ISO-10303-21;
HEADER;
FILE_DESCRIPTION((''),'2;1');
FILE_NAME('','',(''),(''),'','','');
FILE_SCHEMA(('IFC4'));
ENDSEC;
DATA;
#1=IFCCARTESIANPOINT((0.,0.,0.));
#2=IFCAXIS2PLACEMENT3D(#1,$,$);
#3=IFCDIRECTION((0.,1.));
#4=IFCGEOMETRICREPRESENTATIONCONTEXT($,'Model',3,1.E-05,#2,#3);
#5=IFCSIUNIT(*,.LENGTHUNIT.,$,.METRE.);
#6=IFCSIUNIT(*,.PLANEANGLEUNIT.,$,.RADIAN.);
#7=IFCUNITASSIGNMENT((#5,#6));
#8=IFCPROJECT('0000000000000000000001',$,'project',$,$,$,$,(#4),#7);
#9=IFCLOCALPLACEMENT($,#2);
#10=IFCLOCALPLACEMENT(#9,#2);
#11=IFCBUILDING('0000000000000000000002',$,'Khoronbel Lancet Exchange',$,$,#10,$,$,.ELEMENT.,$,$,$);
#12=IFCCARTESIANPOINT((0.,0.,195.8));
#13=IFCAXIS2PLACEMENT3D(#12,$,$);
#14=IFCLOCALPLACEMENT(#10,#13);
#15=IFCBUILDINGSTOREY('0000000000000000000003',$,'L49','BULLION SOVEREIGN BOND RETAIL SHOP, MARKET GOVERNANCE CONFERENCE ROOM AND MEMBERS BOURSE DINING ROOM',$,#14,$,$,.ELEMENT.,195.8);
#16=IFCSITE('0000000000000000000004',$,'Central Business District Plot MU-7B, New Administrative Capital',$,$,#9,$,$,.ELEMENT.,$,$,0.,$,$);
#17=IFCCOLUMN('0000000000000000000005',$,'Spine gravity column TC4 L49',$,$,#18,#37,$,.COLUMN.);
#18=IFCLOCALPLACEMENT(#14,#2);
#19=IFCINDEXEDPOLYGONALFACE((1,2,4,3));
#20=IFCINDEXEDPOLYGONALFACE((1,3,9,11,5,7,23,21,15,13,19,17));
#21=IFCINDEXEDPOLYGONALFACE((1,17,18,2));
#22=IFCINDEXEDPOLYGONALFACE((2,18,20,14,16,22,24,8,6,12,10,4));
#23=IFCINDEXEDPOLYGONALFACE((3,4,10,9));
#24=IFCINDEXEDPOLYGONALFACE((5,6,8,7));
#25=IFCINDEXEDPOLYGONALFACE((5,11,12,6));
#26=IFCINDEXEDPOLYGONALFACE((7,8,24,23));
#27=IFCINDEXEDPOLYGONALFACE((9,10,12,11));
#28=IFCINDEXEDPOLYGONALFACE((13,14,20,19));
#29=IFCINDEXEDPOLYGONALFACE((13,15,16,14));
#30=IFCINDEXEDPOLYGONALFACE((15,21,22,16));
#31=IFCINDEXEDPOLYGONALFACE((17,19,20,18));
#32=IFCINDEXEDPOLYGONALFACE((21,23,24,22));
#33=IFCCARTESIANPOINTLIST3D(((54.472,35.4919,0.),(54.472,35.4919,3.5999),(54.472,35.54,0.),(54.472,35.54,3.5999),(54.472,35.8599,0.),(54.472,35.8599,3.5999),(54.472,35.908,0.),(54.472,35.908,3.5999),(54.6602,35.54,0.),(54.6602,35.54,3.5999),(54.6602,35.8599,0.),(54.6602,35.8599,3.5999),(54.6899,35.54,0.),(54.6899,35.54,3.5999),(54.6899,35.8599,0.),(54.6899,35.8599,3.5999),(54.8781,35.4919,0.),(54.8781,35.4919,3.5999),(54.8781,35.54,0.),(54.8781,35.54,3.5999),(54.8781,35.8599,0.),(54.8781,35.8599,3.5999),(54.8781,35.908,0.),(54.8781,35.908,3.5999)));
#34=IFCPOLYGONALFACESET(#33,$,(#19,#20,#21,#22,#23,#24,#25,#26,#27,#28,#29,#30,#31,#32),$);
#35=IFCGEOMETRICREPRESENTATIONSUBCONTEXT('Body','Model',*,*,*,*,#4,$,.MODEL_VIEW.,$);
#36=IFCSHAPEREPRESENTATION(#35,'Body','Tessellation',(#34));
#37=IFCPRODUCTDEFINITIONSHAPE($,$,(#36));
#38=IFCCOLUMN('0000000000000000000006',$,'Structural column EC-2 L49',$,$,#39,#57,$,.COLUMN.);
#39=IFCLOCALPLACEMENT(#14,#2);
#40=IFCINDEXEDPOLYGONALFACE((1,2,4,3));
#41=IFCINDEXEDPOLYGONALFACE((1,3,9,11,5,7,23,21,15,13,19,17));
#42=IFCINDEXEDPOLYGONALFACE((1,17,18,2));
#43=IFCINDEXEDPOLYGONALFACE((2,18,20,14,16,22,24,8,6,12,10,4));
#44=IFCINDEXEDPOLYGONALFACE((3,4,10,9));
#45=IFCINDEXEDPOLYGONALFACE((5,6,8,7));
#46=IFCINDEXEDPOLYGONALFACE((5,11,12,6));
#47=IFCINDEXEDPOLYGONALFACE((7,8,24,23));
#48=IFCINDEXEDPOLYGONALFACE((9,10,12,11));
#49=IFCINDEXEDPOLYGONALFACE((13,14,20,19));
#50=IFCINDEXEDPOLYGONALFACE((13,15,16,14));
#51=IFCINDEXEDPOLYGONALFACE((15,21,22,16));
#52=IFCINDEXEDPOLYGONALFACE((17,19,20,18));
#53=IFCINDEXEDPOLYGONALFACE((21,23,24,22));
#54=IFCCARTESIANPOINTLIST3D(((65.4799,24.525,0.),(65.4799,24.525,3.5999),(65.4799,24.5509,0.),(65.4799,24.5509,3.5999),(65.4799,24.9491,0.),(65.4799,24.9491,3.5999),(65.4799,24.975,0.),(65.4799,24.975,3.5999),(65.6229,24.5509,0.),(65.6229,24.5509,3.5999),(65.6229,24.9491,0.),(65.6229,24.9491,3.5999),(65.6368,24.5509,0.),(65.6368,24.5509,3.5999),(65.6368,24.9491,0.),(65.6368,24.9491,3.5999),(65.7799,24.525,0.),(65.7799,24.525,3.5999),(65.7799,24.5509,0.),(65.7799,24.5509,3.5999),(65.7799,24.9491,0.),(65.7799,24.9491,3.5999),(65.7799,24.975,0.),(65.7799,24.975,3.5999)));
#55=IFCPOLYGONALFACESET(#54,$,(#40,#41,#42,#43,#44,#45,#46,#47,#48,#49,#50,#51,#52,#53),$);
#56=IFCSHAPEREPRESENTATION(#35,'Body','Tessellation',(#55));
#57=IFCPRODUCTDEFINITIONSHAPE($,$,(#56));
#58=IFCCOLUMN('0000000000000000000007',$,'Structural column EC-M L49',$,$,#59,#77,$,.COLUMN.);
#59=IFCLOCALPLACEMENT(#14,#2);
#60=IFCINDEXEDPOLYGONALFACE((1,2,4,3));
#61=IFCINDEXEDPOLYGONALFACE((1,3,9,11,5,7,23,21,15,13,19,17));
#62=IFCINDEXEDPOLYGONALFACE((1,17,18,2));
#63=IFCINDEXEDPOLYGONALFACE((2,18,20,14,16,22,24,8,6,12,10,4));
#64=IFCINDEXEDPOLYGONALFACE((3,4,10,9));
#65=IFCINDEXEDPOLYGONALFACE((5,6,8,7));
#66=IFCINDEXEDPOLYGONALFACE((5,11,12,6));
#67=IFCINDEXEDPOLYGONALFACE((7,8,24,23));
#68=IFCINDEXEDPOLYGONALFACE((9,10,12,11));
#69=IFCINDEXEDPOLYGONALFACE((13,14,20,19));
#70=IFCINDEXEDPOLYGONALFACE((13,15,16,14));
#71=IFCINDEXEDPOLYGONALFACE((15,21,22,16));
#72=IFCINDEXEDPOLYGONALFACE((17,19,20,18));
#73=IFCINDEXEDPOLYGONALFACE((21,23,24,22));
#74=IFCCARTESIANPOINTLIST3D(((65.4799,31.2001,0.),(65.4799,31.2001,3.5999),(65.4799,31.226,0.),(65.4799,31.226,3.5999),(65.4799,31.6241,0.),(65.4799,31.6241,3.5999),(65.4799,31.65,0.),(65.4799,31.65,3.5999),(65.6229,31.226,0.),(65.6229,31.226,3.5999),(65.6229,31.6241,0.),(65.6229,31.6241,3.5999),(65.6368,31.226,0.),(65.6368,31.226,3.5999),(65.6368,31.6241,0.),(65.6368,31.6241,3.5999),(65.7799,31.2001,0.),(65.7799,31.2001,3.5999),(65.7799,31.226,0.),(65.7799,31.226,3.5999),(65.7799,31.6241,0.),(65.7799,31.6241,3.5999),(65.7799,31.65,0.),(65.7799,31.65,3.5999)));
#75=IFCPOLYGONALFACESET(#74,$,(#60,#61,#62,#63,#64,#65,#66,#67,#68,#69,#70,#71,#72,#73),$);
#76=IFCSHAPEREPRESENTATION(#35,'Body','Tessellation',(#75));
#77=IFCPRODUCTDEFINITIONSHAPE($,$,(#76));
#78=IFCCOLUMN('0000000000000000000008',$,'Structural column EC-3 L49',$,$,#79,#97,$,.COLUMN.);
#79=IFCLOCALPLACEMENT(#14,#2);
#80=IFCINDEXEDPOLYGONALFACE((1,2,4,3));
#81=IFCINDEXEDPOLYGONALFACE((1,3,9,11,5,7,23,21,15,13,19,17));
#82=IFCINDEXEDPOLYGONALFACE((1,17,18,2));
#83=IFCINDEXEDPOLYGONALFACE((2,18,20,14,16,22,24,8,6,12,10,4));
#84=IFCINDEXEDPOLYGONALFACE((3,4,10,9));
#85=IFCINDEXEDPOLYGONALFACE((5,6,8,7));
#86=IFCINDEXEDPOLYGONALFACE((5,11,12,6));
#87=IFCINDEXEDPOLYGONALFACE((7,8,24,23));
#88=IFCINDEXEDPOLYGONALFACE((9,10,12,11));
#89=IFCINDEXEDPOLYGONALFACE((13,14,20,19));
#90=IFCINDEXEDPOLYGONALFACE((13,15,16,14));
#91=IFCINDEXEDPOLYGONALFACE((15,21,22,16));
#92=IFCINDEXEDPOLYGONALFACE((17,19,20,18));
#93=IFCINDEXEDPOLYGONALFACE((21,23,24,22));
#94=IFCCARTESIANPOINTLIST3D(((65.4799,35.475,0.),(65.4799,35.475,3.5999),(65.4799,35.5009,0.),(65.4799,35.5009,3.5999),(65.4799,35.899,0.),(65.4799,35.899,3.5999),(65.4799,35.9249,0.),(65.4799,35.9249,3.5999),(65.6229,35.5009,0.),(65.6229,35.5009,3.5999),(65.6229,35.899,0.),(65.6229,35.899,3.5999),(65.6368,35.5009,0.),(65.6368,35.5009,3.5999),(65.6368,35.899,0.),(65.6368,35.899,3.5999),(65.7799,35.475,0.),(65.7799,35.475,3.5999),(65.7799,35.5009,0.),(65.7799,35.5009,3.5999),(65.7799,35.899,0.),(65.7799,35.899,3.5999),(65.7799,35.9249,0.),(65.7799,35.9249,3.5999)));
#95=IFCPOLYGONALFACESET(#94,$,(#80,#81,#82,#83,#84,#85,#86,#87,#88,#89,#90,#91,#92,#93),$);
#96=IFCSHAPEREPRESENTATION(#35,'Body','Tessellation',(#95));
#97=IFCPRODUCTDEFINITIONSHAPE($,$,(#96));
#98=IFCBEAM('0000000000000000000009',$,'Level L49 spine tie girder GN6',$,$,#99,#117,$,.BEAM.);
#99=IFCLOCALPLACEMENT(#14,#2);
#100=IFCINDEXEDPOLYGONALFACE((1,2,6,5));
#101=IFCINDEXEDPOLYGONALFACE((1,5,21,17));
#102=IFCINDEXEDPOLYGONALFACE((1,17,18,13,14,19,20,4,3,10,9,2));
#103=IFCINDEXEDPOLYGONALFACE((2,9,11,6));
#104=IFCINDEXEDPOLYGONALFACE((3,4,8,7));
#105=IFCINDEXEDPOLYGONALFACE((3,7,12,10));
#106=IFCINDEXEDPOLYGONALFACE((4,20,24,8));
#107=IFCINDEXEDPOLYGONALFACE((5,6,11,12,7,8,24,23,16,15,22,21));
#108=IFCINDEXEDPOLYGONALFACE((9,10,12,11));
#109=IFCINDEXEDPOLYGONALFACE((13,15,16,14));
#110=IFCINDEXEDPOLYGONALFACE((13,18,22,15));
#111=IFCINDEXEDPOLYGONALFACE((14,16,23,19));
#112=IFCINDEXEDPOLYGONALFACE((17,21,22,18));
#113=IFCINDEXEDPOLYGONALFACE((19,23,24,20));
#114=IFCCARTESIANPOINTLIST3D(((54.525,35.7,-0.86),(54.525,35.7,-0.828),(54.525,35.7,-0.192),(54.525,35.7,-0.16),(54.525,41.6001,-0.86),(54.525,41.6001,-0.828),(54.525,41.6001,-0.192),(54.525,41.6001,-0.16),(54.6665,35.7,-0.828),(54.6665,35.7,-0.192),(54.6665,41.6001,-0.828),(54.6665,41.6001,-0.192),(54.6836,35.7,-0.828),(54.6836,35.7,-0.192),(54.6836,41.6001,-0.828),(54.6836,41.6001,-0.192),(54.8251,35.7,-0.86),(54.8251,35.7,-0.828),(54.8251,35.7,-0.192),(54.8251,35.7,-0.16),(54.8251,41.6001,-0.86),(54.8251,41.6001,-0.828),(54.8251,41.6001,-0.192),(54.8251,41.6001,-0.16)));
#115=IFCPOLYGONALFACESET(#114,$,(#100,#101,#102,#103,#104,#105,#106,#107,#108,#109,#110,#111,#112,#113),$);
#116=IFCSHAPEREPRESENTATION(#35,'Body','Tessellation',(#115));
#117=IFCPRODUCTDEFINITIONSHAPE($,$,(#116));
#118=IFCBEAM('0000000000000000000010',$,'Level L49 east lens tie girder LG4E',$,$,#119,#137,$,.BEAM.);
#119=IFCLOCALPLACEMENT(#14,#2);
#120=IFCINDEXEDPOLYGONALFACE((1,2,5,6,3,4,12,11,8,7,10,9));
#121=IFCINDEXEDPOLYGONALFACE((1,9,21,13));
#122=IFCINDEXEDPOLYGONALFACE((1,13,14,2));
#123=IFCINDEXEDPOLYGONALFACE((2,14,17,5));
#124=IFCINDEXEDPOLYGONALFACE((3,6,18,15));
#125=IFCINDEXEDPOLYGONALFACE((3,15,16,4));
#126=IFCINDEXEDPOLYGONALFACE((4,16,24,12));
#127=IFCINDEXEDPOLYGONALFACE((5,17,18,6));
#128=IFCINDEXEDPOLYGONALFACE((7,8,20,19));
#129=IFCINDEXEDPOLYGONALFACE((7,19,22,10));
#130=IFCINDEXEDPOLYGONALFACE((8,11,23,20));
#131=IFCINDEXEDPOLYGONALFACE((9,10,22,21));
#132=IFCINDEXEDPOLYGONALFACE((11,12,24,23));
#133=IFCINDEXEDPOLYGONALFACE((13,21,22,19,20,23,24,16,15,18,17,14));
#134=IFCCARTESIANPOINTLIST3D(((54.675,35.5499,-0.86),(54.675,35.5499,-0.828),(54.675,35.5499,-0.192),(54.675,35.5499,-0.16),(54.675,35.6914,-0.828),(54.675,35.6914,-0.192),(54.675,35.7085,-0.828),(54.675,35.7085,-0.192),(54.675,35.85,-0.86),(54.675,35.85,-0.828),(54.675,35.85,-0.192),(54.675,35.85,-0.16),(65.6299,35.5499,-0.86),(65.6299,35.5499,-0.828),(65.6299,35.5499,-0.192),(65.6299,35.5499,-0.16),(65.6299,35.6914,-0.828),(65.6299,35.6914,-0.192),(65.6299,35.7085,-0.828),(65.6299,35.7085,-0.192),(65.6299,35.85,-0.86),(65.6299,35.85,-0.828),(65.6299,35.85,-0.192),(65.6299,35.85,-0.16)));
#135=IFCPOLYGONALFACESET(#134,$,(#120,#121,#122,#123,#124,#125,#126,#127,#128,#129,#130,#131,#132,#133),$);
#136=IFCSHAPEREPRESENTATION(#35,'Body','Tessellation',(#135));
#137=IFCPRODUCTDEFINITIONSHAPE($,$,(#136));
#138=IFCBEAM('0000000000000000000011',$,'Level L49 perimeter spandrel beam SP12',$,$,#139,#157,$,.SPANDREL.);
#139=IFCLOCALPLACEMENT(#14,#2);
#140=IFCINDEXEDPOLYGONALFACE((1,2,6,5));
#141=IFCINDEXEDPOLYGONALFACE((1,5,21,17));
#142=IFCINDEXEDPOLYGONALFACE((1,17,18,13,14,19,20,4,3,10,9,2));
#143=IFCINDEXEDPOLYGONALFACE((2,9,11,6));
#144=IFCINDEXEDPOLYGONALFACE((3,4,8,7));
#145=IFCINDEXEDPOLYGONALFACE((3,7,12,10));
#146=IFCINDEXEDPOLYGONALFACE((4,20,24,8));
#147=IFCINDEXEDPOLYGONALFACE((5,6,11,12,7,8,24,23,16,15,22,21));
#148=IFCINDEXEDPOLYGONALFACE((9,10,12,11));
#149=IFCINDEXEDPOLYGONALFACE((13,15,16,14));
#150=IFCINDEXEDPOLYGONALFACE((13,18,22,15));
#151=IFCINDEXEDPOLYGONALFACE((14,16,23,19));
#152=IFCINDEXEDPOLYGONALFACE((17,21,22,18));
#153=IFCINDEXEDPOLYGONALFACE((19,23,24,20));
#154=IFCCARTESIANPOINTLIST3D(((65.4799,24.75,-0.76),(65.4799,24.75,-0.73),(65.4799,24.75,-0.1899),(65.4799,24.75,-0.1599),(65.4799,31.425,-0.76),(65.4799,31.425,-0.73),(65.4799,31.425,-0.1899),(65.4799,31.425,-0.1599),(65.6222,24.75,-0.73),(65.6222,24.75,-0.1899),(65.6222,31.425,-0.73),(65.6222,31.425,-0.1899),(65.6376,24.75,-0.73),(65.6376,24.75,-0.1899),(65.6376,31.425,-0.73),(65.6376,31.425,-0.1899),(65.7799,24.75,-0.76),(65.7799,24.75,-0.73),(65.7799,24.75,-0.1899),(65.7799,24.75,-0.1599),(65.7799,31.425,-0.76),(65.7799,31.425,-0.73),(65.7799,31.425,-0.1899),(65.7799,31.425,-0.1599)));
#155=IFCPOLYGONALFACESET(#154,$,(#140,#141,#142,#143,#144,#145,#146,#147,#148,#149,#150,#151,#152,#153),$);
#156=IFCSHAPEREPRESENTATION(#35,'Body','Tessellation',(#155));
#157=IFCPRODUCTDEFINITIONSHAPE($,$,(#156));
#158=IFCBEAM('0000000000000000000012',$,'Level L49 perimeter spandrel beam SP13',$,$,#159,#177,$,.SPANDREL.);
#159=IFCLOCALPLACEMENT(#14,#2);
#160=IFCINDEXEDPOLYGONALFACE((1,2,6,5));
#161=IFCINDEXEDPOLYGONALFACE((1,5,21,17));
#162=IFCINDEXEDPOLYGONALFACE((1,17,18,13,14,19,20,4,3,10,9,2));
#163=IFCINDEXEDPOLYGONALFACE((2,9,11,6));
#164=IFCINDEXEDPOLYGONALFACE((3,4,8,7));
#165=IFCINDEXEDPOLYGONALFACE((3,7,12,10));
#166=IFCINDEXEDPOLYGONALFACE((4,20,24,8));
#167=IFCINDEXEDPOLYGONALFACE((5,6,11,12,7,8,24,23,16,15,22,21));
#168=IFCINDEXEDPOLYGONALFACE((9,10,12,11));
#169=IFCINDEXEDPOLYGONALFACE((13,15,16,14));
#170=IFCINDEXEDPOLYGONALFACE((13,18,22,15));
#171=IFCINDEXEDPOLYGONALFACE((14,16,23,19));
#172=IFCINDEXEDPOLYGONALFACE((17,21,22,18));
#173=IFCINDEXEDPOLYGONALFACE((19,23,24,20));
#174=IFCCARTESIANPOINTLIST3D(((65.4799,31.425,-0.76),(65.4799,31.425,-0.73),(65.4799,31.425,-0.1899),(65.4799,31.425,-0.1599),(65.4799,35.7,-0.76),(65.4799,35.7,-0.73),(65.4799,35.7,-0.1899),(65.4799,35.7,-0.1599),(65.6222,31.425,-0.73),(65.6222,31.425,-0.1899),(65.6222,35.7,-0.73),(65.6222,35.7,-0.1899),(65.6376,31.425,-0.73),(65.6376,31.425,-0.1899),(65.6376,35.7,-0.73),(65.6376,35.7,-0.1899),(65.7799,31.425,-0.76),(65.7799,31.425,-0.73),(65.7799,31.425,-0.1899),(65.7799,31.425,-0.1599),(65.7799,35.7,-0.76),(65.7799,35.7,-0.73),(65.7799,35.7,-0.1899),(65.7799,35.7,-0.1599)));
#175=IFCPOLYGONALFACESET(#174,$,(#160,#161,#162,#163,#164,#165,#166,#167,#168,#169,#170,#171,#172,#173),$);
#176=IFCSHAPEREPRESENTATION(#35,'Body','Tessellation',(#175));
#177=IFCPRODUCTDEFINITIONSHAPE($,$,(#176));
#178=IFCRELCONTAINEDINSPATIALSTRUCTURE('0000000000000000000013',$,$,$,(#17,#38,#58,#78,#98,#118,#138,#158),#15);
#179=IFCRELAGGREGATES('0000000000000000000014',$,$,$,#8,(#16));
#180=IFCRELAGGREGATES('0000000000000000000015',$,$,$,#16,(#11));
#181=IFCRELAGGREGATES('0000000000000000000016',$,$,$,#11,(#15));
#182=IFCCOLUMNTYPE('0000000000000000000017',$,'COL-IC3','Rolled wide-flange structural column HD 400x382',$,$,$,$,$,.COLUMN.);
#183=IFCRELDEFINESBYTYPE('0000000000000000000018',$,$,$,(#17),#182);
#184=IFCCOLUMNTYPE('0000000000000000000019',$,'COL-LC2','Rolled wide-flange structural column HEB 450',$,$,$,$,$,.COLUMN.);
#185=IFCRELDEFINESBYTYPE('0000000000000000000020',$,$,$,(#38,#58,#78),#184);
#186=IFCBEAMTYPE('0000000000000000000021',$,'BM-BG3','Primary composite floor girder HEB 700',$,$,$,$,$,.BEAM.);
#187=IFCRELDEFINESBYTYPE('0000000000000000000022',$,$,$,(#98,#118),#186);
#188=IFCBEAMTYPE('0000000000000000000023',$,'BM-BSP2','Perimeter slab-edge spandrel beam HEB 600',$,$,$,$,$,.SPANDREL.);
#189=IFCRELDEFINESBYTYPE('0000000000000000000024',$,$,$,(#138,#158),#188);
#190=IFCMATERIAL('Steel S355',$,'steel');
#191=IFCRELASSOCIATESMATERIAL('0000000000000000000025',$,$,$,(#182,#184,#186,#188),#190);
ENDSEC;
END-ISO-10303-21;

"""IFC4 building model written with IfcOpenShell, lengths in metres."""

from ifc_helpers import new_model, si_unit, direction, frame, origin, origin_2d, place, context, subcontext, project, spatial, i_section, extrude, material, material_profile, profile_set, type_object, element, save


model = new_model("IFC4")

# Units and contexts
model_context = context("Model", 3, precision=1e-05, world=origin(), true_north=direction((0.0, 1.0)))
body_context = subcontext(model_context, "Body", "Model", "MODEL_VIEW")
ifc_project = project(units=[si_unit("LENGTHUNIT", "METRE"), si_unit("PLANEANGLEUNIT", "RADIAN")], contexts=[model_context])

# Site, building, storey
site_placement = place(None, origin())
site = spatial("IfcSite", under=ifc_project, at=site_placement, Name="Central Business District Plot MU-7B, New Administrative Capital", CompositionType="ELEMENT", RefElevation=0.0)
building_placement = place(site_placement, origin())
building = spatial("IfcBuilding", under=site, at=building_placement, Name="Khoronbel Lancet Exchange", CompositionType="ELEMENT")
storey_placement = place(building_placement, frame((0.0, 0.0, 195.8)))
storey = spatial("IfcBuildingStorey", under=building, at=storey_placement, Name="L49", Description="BULLION SOVEREIGN BOND RETAIL SHOP, MARKET GOVERNANCE CONFERENCE ROOM AND MEMBERS BOURSE DINING ROOM", CompositionType="ELEMENT", Elevation=195.8)

# Columns
ifc_material_1 = material(Name="Steel S355", Category="steel")
ifc_material_profile_1 = material_profile(ifc_material_1, i_section(OverallWidth=0.406, OverallDepth=0.416, WebThickness=0.0298, FlangeThickness=0.0481, at=origin_2d()), Name="HD 400x382")
ifc_profile_set_1 = profile_set([ifc_material_profile_1], Name="Steel S355")
column_type_1 = type_object("IfcColumnType", Name="COL-IC3", Description="Rolled wide-flange structural column HD 400x382", PredefinedType="COLUMN", material=ifc_profile_set_1)
column_placement = place(storey_placement, frame((54.675, 35.7, 0.0), z_axis=(0.0, 0.0, 1.0), x_axis=(1.0, 0.0, 0.0)))
element("IfcColumn", 1, at=column_placement, inside=storey, type_object=column_type_1, Name="Spine gravity column TC4 L49", PredefinedType="COLUMN", context=body_context, shape_type="SweptSolid", body=[
    extrude(i_section(OverallWidth=0.406, OverallDepth=0.416, WebThickness=0.0298, FlangeThickness=0.0481, at=origin_2d()), origin(), (0.0, 0.0, 1.0), 3.5999),
])
ifc_material_profile_2 = material_profile(ifc_material_1, i_section(OverallWidth=0.3, OverallDepth=0.45, WebThickness=0.0139, FlangeThickness=0.0259, at=origin_2d()), Name="HEB 450")
ifc_profile_set_2 = profile_set([ifc_material_profile_2], Name="Steel S355")
column_type_2 = type_object("IfcColumnType", Name="COL-LC2", Description="Rolled wide-flange structural column HEB 450", PredefinedType="COLUMN", material=ifc_profile_set_2)
for number, where, z_axis, x_axis, name in (
    (2, (65.6299, 24.75, 0.0), (0.0, 0.0, 1.0), (1.0, 0.0, 0.0), "Structural column EC-2 L49"),
    (3, (65.6299, 31.425, 0.0), (0.0, 0.0, 1.0), (1.0, 0.0, 0.0), "Structural column EC-M L49"),
    (4, (65.6299, 35.7, 0.0), (0.0, 0.0, 1.0), (1.0, 0.0, 0.0), "Structural column EC-3 L49"),
):
    element("IfcColumn", number, at=place(storey_placement, frame(where, z_axis=z_axis, x_axis=x_axis)), inside=storey, type_object=column_type_2, Name=name, PredefinedType="COLUMN", context=body_context, shape_type="SweptSolid", body=[
        extrude(i_section(OverallWidth=0.3, OverallDepth=0.45, WebThickness=0.0139, FlangeThickness=0.0259, at=origin_2d()), origin(), (0.0, 0.0, 1.0), 3.5999),
    ])

# Beams
ifc_material_profile_3 = material_profile(ifc_material_1, i_section(OverallWidth=0.3, OverallDepth=0.7, WebThickness=0.0171, FlangeThickness=0.032, at=origin_2d()), Name="HEB 700")
ifc_profile_set_3 = profile_set([ifc_material_profile_3], Name="Steel S355")
beam_type_1 = type_object("IfcBeamType", Name="BM-BG3", Description="Primary composite floor girder HEB 700", PredefinedType="BEAM", material=ifc_profile_set_3)
beam_1_placement = place(storey_placement, frame((54.675, 35.7, -0.51), z_axis=(0.0, 1.0, 0.0), x_axis=(-1.0, 0.0, 0.0)))
element("IfcBeam", 5, at=beam_1_placement, inside=storey, type_object=beam_type_1, Name="Level L49 spine tie girder GN6", PredefinedType="BEAM", context=body_context, shape_type="SweptSolid", body=[
    extrude(i_section(OverallWidth=0.3, OverallDepth=0.7, WebThickness=0.0171, FlangeThickness=0.032, at=origin_2d()), origin(), (0.0, 0.0, 1.0), 5.9001),
])
beam_2_placement = place(storey_placement, frame((54.675, 35.7, -0.51), z_axis=(1.0, 0.0, 0.0), x_axis=(0.0, 1.0, 0.0)))
element("IfcBeam", 6, at=beam_2_placement, inside=storey, type_object=beam_type_1, Name="Level L49 east lens tie girder LG4E", PredefinedType="BEAM", context=body_context, shape_type="SweptSolid", body=[
    extrude(i_section(OverallWidth=0.3, OverallDepth=0.7, WebThickness=0.0171, FlangeThickness=0.032, at=origin_2d()), origin(), (0.0, 0.0, 1.0), 10.9548),
])
ifc_material_profile_4 = material_profile(ifc_material_1, i_section(OverallWidth=0.3, OverallDepth=0.6001, WebThickness=0.0154, FlangeThickness=0.03, at=origin_2d()), Name="HEB 600")
ifc_profile_set_4 = profile_set([ifc_material_profile_4], Name="Steel S355")
beam_type_2 = type_object("IfcBeamType", Name="BM-BSP2", Description="Perimeter slab-edge spandrel beam HEB 600", PredefinedType="SPANDREL", material=ifc_profile_set_4)
beam_3_placement = place(storey_placement, frame((65.6299, 24.75, -0.46), z_axis=(0.0, 1.0, 0.0), x_axis=(-1.0, 0.0, 0.0)))
element("IfcBeam", 7, at=beam_3_placement, inside=storey, type_object=beam_type_2, Name="Level L49 perimeter spandrel beam SP12", PredefinedType="SPANDREL", context=body_context, shape_type="SweptSolid", body=[
    extrude(i_section(OverallWidth=0.3, OverallDepth=0.6001, WebThickness=0.0154, FlangeThickness=0.03, at=origin_2d()), origin(), (0.0, 0.0, 1.0), 6.675),
])
beam_4_placement = place(storey_placement, frame((65.6299, 31.425, -0.46), z_axis=(0.0, 1.0, 0.0), x_axis=(-1.0, 0.0, 0.0)))
element("IfcBeam", 8, at=beam_4_placement, inside=storey, type_object=beam_type_2, Name="Level L49 perimeter spandrel beam SP13", PredefinedType="SPANDREL", context=body_context, shape_type="SweptSolid", body=[
    extrude(i_section(OverallWidth=0.3, OverallDepth=0.6001, WebThickness=0.0154, FlangeThickness=0.03, at=origin_2d()), origin(), (0.0, 0.0, 1.0), 4.2749),
])

save(model, "model.ifc")
